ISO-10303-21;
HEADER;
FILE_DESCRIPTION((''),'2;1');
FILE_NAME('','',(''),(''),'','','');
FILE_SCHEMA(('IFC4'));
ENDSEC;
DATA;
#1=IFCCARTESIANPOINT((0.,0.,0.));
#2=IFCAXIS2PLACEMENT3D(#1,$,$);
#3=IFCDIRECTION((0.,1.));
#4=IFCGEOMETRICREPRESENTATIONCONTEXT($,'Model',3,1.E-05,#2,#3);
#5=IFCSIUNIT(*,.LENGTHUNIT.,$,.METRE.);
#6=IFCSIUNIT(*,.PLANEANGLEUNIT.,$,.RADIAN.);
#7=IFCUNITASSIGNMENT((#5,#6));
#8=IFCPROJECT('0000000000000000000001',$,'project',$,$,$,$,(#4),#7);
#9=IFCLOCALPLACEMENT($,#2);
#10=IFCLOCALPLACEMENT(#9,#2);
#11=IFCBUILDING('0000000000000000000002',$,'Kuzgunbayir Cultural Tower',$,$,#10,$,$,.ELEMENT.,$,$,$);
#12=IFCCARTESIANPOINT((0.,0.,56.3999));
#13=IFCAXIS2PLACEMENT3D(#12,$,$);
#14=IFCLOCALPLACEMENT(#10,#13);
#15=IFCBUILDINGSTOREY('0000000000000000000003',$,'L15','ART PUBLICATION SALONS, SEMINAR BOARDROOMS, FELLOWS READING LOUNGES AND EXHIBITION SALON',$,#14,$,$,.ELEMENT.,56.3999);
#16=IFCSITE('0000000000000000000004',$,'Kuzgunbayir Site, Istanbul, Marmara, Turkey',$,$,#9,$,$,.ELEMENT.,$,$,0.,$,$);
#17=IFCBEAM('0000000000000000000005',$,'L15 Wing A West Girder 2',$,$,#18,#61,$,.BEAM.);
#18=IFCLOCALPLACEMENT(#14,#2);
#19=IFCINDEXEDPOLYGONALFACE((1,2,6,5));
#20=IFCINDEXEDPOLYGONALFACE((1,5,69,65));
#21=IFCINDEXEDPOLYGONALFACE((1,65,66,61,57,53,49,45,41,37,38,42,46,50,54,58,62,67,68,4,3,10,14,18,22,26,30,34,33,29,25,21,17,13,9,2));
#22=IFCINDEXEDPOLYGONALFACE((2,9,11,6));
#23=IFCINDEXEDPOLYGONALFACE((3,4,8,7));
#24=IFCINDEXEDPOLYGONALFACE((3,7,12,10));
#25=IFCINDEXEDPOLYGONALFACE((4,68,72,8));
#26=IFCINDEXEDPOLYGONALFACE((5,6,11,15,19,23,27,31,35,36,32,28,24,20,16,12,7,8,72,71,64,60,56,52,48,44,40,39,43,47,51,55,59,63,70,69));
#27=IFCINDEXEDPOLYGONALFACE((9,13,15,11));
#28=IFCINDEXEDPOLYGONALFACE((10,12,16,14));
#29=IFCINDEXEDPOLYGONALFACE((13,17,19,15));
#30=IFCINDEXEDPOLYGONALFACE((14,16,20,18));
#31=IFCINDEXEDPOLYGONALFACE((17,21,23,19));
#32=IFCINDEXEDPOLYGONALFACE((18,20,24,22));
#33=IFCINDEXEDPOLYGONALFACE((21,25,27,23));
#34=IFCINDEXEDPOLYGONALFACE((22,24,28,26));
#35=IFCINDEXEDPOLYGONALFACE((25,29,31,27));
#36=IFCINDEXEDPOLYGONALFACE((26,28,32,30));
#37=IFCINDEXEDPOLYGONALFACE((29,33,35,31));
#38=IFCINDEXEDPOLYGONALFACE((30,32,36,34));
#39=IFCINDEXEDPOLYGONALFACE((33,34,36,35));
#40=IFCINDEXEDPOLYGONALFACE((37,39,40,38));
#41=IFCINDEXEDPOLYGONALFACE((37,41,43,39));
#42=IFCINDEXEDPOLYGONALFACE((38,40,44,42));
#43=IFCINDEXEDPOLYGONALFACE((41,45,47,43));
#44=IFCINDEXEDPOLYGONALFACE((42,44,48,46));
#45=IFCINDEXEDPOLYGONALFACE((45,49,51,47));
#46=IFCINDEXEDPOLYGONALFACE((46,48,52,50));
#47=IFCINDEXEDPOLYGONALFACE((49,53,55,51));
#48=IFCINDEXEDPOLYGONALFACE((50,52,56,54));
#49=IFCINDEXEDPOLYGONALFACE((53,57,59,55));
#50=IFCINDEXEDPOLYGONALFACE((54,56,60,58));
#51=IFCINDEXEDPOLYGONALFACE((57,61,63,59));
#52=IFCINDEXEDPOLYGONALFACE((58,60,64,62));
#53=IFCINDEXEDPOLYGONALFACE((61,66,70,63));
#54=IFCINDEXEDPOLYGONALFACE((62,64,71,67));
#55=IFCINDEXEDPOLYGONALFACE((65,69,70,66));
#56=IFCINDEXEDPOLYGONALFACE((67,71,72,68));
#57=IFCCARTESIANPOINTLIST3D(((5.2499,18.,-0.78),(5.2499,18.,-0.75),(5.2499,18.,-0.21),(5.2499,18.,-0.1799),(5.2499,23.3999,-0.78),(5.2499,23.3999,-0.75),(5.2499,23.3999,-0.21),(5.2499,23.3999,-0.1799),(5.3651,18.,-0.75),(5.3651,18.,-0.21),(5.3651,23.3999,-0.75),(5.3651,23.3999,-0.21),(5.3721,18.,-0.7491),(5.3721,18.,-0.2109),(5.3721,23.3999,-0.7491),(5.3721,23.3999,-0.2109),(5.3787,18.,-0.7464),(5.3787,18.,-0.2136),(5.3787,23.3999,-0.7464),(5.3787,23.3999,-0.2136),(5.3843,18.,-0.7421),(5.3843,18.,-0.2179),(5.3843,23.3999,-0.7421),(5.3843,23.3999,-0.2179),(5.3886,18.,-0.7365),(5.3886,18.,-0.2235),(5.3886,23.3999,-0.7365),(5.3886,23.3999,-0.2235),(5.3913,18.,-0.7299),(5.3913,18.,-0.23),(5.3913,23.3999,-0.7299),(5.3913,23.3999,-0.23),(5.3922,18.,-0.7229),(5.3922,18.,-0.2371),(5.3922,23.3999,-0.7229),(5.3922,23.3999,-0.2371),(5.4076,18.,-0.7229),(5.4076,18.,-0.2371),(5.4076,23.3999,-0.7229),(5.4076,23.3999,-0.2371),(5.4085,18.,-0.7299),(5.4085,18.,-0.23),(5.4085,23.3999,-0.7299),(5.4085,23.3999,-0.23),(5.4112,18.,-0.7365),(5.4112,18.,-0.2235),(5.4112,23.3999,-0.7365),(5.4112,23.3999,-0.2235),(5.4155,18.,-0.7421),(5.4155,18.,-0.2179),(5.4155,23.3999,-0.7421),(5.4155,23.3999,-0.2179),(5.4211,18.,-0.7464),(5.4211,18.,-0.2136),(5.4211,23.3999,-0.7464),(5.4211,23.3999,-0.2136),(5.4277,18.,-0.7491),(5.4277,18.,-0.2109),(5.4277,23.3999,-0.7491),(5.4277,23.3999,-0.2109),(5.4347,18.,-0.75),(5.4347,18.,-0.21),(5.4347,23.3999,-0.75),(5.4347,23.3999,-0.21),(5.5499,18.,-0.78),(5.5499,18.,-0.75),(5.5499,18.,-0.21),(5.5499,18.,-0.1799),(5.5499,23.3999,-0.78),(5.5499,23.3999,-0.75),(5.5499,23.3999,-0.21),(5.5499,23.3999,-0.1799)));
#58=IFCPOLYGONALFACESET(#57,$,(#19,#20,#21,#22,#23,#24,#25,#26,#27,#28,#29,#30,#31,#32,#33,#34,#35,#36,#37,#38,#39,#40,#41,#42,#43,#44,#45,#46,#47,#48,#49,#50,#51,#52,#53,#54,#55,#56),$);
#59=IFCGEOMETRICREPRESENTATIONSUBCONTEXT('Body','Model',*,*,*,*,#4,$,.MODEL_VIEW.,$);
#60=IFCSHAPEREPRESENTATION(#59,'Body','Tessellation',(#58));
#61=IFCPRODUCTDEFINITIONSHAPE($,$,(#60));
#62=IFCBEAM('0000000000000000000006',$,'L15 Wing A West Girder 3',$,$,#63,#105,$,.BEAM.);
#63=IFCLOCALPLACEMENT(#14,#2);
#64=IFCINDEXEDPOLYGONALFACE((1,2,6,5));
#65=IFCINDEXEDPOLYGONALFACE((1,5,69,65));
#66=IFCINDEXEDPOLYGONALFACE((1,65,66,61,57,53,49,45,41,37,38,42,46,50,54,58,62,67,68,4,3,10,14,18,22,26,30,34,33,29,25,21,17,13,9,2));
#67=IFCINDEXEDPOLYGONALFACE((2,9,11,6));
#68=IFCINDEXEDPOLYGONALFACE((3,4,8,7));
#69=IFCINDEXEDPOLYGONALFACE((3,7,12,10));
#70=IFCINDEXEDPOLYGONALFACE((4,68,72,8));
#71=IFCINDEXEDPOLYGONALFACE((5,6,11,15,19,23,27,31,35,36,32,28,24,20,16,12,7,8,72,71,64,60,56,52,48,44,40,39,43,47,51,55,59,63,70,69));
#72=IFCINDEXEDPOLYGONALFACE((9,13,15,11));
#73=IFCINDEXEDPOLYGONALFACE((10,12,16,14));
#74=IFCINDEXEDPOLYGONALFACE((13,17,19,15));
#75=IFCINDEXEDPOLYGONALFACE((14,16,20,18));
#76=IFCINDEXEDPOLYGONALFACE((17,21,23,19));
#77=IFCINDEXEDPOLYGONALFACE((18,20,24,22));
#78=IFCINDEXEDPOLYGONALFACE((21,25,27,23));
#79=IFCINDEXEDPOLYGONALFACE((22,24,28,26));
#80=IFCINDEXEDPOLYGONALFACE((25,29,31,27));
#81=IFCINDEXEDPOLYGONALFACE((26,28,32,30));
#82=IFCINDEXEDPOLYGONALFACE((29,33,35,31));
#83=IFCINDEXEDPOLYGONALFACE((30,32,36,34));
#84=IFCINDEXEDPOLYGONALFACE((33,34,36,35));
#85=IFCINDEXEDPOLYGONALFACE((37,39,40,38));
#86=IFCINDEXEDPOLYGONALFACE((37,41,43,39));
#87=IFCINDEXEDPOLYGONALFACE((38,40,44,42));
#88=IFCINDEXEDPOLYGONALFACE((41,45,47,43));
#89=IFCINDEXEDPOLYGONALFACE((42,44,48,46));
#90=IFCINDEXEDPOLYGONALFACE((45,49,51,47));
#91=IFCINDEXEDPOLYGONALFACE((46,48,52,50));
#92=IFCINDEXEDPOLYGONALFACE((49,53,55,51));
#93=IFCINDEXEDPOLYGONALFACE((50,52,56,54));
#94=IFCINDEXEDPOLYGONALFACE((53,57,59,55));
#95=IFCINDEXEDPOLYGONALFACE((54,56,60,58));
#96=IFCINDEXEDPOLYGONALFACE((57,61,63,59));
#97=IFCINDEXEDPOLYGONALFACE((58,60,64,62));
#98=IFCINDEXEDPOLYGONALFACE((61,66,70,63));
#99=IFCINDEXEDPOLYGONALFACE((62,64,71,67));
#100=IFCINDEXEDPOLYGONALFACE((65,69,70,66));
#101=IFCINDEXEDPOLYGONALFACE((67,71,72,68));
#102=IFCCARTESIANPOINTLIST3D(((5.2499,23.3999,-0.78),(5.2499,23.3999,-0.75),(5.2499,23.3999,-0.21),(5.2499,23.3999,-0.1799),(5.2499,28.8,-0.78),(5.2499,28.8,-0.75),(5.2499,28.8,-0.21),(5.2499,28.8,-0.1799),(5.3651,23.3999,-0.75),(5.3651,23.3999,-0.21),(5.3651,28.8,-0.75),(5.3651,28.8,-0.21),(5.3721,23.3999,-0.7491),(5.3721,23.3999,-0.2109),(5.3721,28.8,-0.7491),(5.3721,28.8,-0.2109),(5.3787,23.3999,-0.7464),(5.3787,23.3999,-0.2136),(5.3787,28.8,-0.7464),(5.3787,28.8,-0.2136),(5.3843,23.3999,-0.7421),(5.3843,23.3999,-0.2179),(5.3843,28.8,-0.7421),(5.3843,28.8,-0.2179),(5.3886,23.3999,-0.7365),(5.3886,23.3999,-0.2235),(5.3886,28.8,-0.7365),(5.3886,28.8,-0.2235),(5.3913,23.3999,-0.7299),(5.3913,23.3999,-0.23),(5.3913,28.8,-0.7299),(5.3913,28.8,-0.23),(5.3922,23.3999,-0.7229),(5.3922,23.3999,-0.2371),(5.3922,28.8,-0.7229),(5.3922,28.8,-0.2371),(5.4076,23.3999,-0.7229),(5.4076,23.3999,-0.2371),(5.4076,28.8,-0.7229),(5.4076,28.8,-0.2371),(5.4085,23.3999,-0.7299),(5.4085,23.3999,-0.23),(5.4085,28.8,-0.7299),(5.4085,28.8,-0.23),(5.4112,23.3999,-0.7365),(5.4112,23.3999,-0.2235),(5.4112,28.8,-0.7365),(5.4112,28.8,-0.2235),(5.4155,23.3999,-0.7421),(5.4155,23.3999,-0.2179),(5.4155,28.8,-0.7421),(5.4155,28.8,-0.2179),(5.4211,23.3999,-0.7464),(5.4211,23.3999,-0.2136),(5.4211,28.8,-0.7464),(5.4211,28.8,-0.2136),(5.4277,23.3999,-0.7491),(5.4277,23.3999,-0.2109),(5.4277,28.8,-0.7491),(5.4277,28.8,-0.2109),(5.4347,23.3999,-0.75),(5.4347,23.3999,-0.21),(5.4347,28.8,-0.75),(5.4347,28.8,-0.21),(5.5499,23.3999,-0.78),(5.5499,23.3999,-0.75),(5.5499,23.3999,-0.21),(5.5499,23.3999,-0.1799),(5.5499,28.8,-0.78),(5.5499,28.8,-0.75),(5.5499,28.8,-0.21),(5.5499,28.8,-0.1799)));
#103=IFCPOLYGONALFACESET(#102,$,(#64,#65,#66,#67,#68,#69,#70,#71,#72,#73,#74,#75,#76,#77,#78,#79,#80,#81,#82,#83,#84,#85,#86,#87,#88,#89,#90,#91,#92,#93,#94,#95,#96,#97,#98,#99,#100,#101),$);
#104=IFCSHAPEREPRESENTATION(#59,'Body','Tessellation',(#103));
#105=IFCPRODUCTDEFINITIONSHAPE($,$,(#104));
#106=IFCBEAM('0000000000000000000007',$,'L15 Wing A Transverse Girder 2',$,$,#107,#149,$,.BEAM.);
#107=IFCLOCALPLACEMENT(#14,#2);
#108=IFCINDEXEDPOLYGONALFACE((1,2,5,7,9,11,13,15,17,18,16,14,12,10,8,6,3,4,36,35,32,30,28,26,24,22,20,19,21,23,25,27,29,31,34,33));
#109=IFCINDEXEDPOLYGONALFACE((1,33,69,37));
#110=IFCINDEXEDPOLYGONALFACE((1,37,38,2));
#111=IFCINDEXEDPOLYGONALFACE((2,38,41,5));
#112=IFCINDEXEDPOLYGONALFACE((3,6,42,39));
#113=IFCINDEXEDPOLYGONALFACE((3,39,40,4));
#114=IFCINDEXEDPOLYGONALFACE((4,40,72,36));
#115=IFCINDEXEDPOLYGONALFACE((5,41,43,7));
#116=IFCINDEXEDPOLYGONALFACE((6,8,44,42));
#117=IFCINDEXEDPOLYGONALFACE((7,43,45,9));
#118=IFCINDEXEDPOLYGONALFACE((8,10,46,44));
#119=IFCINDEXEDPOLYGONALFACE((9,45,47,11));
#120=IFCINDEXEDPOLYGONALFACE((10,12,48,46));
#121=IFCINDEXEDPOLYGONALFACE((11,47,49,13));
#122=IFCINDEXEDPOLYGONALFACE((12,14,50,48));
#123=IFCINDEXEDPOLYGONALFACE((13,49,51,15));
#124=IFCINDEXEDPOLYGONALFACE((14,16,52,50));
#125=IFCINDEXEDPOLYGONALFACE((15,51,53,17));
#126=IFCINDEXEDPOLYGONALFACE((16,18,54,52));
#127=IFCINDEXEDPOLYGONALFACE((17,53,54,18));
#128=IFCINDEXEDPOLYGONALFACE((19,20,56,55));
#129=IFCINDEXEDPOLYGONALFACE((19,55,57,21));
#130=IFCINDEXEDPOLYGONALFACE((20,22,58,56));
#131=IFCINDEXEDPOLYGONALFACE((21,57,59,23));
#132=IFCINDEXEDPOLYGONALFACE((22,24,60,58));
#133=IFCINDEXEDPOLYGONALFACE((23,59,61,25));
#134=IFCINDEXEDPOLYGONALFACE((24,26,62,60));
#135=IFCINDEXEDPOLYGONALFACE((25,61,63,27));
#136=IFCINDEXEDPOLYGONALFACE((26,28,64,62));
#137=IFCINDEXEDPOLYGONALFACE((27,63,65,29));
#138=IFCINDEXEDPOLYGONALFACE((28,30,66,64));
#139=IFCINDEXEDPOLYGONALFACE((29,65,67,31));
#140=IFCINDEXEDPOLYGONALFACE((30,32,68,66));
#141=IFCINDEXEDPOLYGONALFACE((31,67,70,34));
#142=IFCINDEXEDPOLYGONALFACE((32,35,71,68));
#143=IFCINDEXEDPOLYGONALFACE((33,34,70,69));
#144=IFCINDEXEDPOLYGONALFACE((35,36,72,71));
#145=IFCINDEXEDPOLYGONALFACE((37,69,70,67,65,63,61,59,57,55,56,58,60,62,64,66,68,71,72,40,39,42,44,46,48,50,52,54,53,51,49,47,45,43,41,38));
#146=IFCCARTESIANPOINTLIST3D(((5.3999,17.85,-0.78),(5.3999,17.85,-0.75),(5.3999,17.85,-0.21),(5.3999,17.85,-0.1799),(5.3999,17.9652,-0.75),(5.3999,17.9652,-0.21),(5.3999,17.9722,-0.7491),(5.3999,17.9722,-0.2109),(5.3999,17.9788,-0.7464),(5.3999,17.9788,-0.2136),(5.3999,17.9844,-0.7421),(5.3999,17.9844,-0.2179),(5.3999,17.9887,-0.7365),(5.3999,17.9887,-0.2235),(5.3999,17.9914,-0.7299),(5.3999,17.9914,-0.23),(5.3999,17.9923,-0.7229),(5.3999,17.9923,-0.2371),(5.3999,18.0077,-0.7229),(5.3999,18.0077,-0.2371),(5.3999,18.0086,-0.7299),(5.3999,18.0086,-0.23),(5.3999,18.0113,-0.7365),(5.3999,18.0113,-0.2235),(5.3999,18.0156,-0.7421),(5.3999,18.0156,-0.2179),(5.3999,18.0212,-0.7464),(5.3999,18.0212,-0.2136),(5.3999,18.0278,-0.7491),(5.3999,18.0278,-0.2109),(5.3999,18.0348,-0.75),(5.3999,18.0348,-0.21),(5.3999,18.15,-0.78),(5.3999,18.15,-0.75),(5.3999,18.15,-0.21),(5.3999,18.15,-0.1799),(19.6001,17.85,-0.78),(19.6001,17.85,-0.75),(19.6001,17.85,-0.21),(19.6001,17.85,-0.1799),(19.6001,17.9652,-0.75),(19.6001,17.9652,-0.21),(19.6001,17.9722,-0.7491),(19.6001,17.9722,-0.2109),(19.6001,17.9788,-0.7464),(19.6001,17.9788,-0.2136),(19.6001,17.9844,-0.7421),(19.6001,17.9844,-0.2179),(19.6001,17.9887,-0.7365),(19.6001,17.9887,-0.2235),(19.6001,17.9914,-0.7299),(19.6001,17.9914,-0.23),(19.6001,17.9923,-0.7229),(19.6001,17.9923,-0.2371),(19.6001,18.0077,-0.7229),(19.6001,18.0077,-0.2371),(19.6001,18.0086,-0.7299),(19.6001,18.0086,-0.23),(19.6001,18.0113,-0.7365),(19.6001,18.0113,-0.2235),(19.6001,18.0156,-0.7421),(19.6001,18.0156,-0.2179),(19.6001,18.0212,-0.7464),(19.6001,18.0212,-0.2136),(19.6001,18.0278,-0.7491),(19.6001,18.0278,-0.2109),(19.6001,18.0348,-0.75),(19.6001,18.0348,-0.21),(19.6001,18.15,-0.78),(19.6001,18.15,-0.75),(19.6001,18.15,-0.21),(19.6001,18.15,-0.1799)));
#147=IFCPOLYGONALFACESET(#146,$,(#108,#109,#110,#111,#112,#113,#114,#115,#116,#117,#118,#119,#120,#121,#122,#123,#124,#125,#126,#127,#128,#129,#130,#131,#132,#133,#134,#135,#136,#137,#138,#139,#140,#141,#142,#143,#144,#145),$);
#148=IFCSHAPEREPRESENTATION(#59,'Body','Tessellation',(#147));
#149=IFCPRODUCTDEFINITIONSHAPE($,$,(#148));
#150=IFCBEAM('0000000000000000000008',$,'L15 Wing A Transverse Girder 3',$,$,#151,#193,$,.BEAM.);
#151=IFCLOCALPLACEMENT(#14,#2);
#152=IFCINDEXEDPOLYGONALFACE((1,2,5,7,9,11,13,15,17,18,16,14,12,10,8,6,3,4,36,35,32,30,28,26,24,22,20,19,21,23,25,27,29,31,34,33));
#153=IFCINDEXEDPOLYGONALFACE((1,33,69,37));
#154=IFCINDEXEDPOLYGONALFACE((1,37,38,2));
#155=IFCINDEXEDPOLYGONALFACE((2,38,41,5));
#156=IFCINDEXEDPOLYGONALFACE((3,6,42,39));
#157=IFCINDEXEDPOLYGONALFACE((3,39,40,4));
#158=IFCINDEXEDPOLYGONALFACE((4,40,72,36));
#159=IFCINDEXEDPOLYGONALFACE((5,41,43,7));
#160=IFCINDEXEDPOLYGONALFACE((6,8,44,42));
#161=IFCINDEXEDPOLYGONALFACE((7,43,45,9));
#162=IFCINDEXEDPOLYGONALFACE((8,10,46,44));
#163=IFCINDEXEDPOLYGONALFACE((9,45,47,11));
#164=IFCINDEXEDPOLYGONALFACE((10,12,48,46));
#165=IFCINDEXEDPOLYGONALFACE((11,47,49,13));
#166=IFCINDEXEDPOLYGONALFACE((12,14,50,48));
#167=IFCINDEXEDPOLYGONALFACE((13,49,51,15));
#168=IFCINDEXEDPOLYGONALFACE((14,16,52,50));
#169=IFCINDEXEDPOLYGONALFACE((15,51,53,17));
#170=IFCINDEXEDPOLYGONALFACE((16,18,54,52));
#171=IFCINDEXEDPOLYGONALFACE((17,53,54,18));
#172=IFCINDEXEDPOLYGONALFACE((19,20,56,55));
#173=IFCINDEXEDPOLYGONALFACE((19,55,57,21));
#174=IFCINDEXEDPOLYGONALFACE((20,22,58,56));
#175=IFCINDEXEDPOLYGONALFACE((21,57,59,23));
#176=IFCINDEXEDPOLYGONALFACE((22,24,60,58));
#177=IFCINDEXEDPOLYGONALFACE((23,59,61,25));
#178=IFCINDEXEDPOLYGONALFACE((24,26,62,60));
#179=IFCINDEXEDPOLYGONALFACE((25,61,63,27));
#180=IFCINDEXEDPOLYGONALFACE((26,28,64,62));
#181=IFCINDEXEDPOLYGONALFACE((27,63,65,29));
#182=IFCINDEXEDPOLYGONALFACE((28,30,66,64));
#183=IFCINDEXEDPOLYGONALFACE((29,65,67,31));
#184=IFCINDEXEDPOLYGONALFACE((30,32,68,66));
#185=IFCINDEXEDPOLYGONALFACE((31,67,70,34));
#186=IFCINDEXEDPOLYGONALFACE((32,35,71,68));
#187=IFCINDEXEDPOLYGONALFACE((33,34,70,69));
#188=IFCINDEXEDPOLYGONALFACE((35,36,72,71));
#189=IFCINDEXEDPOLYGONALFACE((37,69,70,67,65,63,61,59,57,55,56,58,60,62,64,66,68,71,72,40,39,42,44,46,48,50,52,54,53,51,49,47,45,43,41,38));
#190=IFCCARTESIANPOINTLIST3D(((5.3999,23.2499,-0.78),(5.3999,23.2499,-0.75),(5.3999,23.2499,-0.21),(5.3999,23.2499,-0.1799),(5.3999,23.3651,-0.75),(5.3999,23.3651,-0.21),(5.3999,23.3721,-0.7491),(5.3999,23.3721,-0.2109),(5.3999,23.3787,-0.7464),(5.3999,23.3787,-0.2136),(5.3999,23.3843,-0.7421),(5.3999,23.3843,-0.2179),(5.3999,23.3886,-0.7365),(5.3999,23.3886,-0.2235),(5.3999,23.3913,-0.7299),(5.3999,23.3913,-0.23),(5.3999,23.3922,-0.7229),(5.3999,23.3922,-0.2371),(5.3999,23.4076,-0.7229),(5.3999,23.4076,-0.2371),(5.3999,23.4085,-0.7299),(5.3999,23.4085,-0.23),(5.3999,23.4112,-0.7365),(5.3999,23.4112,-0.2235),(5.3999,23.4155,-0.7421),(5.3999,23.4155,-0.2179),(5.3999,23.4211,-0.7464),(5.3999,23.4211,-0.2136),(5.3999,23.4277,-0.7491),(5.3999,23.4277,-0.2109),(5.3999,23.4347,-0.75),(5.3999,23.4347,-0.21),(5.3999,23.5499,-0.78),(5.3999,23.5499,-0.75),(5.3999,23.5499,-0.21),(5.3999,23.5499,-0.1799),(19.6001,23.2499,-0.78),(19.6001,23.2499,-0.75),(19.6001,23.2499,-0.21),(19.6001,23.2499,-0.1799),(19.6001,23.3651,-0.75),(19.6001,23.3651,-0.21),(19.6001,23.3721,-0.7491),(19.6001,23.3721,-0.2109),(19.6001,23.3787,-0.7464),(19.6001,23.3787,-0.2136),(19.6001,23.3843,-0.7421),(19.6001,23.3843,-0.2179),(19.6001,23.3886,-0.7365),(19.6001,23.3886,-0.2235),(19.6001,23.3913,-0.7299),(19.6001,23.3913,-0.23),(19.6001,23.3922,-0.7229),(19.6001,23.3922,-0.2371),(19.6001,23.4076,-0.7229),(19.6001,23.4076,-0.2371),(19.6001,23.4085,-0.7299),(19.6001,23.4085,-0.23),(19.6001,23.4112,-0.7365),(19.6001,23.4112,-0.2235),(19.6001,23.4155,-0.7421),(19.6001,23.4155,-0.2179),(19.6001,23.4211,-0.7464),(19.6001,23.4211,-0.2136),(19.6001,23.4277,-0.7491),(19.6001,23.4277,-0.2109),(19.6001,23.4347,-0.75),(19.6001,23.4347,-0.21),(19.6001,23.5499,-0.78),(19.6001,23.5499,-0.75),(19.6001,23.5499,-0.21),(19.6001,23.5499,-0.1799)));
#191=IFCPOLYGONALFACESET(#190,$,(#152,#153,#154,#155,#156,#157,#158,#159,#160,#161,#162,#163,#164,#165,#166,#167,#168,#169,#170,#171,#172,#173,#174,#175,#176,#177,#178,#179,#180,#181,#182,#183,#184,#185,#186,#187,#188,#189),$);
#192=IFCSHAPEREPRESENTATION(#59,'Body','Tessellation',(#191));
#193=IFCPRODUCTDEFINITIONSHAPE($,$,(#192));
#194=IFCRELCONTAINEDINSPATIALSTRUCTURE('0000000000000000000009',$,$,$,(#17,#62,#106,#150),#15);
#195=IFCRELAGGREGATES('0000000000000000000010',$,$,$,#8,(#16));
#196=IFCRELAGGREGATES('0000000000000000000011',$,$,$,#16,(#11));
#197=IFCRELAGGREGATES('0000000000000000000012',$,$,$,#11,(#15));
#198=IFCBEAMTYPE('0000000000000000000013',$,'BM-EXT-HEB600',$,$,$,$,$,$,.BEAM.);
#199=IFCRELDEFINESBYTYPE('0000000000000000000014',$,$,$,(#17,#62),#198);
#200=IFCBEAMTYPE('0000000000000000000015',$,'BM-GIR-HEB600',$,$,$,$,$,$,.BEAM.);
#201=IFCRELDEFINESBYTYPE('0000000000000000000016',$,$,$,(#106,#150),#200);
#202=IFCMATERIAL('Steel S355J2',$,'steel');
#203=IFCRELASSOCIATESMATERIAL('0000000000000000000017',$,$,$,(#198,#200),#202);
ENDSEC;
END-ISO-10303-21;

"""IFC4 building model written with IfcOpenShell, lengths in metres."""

from ifc_helpers import new_model, si_unit, direction, frame, origin, origin_2d, place, context, subcontext, project, spatial, i_section, extrude, material, material_profile, profile_set, type_object, element, save


model = new_model("IFC4")

# Units and contexts
model_context = context("Model", 3, precision=1e-05, world=origin(), true_north=direction((0.0, 1.0)))
body_context = subcontext(model_context, "Body", "Model", "MODEL_VIEW")
ifc_project = project(units=[si_unit("LENGTHUNIT", "METRE"), si_unit("PLANEANGLEUNIT", "RADIAN")], contexts=[model_context])

# Site, building, storey
site_placement = place(None, origin())
site = spatial("IfcSite", under=ifc_project, at=site_placement, Name="Kuzgunbayir Site, Istanbul, Marmara, Turkey", CompositionType="ELEMENT", RefElevation=0.0)
building_placement = place(site_placement, origin())
building = spatial("IfcBuilding", under=site, at=building_placement, Name="Kuzgunbayir Cultural Tower", CompositionType="ELEMENT")
storey_placement = place(building_placement, frame((0.0, 0.0, 56.3999)))
storey = spatial("IfcBuildingStorey", under=building, at=storey_placement, Name="L15", Description="ART PUBLICATION SALONS, SEMINAR BOARDROOMS, FELLOWS READING LOUNGES AND EXHIBITION SALON", CompositionType="ELEMENT", Elevation=56.3999)

# Beams
ifc_material_1 = material(Name="Steel S355J2", Category="steel")
ifc_material_profile_1 = material_profile(ifc_material_1, i_section(OverallWidth=0.3, OverallDepth=0.6001, WebThickness=0.0154, FlangeThickness=0.03, FilletRadius=0.0271, at=origin_2d()), Name="HEB 600")
ifc_profile_set_1 = profile_set([ifc_material_profile_1], Name="Steel S355J2")
beam_type_1 = type_object("IfcBeamType", Name="BM-EXT-HEB600", PredefinedType="BEAM", material=ifc_profile_set_1)
beam_1_placement = place(storey_placement, frame((5.3999, 18.0, -0.48), z_axis=(0.0, 1.0, 0.0), x_axis=(-1.0, 0.0, 0.0)))
element("IfcBeam", 1, at=beam_1_placement, inside=storey, type_object=beam_type_1, Name="L15 Wing A West Girder 2", PredefinedType="BEAM", context=body_context, shape_type="SweptSolid", body=[
    extrude(i_section(OverallWidth=0.3, OverallDepth=0.6001, WebThickness=0.0154, FlangeThickness=0.03, FilletRadius=0.0271, at=origin_2d()), origin(), (0.0, 0.0, 1.0), 5.3999),
])
beam_2_placement = place(storey_placement, frame((5.3999, 23.3999, -0.48), z_axis=(0.0, 1.0, 0.0), x_axis=(-1.0, 0.0, 0.0)))
element("IfcBeam", 2, at=beam_2_placement, inside=storey, type_object=beam_type_1, Name="L15 Wing A West Girder 3", PredefinedType="BEAM", context=body_context, shape_type="SweptSolid", body=[
    extrude(i_section(OverallWidth=0.3, OverallDepth=0.6001, WebThickness=0.0154, FlangeThickness=0.03, FilletRadius=0.0271, at=origin_2d()), origin(), (0.0, 0.0, 1.0), 5.4001),
])
ifc_material_profile_2 = material_profile(ifc_material_1, i_section(OverallWidth=0.3, OverallDepth=0.6001, WebThickness=0.0154, FlangeThickness=0.03, FilletRadius=0.0271, at=origin_2d()), Name="HEB 600")
ifc_profile_set_2 = profile_set([ifc_material_profile_2], Name="Steel S355J2")
beam_type_2 = type_object("IfcBeamType", Name="BM-GIR-HEB600", PredefinedType="BEAM", material=ifc_profile_set_2)
for number, where, z_axis, x_axis, name in (
    (3, (5.3999, 18.0, -0.48), (1.0, 0.0, 0.0), (0.0, 1.0, 0.0), "L15 Wing A Transverse Girder 2"),
    (4, (5.3999, 23.3999, -0.48), (1.0, 0.0, 0.0), (0.0, 1.0, 0.0), "L15 Wing A Transverse Girder 3"),
):
    element("IfcBeam", number, at=place(storey_placement, frame(where, z_axis=z_axis, x_axis=x_axis)), inside=storey, type_object=beam_type_2, Name=name, PredefinedType="BEAM", context=body_context, shape_type="SweptSolid", body=[
        extrude(i_section(OverallWidth=0.3, OverallDepth=0.6001, WebThickness=0.0154, FlangeThickness=0.03, FilletRadius=0.0271, at=origin_2d()), origin(), (0.0, 0.0, 1.0), 14.2002),
    ])

save(model, "model.ifc")
